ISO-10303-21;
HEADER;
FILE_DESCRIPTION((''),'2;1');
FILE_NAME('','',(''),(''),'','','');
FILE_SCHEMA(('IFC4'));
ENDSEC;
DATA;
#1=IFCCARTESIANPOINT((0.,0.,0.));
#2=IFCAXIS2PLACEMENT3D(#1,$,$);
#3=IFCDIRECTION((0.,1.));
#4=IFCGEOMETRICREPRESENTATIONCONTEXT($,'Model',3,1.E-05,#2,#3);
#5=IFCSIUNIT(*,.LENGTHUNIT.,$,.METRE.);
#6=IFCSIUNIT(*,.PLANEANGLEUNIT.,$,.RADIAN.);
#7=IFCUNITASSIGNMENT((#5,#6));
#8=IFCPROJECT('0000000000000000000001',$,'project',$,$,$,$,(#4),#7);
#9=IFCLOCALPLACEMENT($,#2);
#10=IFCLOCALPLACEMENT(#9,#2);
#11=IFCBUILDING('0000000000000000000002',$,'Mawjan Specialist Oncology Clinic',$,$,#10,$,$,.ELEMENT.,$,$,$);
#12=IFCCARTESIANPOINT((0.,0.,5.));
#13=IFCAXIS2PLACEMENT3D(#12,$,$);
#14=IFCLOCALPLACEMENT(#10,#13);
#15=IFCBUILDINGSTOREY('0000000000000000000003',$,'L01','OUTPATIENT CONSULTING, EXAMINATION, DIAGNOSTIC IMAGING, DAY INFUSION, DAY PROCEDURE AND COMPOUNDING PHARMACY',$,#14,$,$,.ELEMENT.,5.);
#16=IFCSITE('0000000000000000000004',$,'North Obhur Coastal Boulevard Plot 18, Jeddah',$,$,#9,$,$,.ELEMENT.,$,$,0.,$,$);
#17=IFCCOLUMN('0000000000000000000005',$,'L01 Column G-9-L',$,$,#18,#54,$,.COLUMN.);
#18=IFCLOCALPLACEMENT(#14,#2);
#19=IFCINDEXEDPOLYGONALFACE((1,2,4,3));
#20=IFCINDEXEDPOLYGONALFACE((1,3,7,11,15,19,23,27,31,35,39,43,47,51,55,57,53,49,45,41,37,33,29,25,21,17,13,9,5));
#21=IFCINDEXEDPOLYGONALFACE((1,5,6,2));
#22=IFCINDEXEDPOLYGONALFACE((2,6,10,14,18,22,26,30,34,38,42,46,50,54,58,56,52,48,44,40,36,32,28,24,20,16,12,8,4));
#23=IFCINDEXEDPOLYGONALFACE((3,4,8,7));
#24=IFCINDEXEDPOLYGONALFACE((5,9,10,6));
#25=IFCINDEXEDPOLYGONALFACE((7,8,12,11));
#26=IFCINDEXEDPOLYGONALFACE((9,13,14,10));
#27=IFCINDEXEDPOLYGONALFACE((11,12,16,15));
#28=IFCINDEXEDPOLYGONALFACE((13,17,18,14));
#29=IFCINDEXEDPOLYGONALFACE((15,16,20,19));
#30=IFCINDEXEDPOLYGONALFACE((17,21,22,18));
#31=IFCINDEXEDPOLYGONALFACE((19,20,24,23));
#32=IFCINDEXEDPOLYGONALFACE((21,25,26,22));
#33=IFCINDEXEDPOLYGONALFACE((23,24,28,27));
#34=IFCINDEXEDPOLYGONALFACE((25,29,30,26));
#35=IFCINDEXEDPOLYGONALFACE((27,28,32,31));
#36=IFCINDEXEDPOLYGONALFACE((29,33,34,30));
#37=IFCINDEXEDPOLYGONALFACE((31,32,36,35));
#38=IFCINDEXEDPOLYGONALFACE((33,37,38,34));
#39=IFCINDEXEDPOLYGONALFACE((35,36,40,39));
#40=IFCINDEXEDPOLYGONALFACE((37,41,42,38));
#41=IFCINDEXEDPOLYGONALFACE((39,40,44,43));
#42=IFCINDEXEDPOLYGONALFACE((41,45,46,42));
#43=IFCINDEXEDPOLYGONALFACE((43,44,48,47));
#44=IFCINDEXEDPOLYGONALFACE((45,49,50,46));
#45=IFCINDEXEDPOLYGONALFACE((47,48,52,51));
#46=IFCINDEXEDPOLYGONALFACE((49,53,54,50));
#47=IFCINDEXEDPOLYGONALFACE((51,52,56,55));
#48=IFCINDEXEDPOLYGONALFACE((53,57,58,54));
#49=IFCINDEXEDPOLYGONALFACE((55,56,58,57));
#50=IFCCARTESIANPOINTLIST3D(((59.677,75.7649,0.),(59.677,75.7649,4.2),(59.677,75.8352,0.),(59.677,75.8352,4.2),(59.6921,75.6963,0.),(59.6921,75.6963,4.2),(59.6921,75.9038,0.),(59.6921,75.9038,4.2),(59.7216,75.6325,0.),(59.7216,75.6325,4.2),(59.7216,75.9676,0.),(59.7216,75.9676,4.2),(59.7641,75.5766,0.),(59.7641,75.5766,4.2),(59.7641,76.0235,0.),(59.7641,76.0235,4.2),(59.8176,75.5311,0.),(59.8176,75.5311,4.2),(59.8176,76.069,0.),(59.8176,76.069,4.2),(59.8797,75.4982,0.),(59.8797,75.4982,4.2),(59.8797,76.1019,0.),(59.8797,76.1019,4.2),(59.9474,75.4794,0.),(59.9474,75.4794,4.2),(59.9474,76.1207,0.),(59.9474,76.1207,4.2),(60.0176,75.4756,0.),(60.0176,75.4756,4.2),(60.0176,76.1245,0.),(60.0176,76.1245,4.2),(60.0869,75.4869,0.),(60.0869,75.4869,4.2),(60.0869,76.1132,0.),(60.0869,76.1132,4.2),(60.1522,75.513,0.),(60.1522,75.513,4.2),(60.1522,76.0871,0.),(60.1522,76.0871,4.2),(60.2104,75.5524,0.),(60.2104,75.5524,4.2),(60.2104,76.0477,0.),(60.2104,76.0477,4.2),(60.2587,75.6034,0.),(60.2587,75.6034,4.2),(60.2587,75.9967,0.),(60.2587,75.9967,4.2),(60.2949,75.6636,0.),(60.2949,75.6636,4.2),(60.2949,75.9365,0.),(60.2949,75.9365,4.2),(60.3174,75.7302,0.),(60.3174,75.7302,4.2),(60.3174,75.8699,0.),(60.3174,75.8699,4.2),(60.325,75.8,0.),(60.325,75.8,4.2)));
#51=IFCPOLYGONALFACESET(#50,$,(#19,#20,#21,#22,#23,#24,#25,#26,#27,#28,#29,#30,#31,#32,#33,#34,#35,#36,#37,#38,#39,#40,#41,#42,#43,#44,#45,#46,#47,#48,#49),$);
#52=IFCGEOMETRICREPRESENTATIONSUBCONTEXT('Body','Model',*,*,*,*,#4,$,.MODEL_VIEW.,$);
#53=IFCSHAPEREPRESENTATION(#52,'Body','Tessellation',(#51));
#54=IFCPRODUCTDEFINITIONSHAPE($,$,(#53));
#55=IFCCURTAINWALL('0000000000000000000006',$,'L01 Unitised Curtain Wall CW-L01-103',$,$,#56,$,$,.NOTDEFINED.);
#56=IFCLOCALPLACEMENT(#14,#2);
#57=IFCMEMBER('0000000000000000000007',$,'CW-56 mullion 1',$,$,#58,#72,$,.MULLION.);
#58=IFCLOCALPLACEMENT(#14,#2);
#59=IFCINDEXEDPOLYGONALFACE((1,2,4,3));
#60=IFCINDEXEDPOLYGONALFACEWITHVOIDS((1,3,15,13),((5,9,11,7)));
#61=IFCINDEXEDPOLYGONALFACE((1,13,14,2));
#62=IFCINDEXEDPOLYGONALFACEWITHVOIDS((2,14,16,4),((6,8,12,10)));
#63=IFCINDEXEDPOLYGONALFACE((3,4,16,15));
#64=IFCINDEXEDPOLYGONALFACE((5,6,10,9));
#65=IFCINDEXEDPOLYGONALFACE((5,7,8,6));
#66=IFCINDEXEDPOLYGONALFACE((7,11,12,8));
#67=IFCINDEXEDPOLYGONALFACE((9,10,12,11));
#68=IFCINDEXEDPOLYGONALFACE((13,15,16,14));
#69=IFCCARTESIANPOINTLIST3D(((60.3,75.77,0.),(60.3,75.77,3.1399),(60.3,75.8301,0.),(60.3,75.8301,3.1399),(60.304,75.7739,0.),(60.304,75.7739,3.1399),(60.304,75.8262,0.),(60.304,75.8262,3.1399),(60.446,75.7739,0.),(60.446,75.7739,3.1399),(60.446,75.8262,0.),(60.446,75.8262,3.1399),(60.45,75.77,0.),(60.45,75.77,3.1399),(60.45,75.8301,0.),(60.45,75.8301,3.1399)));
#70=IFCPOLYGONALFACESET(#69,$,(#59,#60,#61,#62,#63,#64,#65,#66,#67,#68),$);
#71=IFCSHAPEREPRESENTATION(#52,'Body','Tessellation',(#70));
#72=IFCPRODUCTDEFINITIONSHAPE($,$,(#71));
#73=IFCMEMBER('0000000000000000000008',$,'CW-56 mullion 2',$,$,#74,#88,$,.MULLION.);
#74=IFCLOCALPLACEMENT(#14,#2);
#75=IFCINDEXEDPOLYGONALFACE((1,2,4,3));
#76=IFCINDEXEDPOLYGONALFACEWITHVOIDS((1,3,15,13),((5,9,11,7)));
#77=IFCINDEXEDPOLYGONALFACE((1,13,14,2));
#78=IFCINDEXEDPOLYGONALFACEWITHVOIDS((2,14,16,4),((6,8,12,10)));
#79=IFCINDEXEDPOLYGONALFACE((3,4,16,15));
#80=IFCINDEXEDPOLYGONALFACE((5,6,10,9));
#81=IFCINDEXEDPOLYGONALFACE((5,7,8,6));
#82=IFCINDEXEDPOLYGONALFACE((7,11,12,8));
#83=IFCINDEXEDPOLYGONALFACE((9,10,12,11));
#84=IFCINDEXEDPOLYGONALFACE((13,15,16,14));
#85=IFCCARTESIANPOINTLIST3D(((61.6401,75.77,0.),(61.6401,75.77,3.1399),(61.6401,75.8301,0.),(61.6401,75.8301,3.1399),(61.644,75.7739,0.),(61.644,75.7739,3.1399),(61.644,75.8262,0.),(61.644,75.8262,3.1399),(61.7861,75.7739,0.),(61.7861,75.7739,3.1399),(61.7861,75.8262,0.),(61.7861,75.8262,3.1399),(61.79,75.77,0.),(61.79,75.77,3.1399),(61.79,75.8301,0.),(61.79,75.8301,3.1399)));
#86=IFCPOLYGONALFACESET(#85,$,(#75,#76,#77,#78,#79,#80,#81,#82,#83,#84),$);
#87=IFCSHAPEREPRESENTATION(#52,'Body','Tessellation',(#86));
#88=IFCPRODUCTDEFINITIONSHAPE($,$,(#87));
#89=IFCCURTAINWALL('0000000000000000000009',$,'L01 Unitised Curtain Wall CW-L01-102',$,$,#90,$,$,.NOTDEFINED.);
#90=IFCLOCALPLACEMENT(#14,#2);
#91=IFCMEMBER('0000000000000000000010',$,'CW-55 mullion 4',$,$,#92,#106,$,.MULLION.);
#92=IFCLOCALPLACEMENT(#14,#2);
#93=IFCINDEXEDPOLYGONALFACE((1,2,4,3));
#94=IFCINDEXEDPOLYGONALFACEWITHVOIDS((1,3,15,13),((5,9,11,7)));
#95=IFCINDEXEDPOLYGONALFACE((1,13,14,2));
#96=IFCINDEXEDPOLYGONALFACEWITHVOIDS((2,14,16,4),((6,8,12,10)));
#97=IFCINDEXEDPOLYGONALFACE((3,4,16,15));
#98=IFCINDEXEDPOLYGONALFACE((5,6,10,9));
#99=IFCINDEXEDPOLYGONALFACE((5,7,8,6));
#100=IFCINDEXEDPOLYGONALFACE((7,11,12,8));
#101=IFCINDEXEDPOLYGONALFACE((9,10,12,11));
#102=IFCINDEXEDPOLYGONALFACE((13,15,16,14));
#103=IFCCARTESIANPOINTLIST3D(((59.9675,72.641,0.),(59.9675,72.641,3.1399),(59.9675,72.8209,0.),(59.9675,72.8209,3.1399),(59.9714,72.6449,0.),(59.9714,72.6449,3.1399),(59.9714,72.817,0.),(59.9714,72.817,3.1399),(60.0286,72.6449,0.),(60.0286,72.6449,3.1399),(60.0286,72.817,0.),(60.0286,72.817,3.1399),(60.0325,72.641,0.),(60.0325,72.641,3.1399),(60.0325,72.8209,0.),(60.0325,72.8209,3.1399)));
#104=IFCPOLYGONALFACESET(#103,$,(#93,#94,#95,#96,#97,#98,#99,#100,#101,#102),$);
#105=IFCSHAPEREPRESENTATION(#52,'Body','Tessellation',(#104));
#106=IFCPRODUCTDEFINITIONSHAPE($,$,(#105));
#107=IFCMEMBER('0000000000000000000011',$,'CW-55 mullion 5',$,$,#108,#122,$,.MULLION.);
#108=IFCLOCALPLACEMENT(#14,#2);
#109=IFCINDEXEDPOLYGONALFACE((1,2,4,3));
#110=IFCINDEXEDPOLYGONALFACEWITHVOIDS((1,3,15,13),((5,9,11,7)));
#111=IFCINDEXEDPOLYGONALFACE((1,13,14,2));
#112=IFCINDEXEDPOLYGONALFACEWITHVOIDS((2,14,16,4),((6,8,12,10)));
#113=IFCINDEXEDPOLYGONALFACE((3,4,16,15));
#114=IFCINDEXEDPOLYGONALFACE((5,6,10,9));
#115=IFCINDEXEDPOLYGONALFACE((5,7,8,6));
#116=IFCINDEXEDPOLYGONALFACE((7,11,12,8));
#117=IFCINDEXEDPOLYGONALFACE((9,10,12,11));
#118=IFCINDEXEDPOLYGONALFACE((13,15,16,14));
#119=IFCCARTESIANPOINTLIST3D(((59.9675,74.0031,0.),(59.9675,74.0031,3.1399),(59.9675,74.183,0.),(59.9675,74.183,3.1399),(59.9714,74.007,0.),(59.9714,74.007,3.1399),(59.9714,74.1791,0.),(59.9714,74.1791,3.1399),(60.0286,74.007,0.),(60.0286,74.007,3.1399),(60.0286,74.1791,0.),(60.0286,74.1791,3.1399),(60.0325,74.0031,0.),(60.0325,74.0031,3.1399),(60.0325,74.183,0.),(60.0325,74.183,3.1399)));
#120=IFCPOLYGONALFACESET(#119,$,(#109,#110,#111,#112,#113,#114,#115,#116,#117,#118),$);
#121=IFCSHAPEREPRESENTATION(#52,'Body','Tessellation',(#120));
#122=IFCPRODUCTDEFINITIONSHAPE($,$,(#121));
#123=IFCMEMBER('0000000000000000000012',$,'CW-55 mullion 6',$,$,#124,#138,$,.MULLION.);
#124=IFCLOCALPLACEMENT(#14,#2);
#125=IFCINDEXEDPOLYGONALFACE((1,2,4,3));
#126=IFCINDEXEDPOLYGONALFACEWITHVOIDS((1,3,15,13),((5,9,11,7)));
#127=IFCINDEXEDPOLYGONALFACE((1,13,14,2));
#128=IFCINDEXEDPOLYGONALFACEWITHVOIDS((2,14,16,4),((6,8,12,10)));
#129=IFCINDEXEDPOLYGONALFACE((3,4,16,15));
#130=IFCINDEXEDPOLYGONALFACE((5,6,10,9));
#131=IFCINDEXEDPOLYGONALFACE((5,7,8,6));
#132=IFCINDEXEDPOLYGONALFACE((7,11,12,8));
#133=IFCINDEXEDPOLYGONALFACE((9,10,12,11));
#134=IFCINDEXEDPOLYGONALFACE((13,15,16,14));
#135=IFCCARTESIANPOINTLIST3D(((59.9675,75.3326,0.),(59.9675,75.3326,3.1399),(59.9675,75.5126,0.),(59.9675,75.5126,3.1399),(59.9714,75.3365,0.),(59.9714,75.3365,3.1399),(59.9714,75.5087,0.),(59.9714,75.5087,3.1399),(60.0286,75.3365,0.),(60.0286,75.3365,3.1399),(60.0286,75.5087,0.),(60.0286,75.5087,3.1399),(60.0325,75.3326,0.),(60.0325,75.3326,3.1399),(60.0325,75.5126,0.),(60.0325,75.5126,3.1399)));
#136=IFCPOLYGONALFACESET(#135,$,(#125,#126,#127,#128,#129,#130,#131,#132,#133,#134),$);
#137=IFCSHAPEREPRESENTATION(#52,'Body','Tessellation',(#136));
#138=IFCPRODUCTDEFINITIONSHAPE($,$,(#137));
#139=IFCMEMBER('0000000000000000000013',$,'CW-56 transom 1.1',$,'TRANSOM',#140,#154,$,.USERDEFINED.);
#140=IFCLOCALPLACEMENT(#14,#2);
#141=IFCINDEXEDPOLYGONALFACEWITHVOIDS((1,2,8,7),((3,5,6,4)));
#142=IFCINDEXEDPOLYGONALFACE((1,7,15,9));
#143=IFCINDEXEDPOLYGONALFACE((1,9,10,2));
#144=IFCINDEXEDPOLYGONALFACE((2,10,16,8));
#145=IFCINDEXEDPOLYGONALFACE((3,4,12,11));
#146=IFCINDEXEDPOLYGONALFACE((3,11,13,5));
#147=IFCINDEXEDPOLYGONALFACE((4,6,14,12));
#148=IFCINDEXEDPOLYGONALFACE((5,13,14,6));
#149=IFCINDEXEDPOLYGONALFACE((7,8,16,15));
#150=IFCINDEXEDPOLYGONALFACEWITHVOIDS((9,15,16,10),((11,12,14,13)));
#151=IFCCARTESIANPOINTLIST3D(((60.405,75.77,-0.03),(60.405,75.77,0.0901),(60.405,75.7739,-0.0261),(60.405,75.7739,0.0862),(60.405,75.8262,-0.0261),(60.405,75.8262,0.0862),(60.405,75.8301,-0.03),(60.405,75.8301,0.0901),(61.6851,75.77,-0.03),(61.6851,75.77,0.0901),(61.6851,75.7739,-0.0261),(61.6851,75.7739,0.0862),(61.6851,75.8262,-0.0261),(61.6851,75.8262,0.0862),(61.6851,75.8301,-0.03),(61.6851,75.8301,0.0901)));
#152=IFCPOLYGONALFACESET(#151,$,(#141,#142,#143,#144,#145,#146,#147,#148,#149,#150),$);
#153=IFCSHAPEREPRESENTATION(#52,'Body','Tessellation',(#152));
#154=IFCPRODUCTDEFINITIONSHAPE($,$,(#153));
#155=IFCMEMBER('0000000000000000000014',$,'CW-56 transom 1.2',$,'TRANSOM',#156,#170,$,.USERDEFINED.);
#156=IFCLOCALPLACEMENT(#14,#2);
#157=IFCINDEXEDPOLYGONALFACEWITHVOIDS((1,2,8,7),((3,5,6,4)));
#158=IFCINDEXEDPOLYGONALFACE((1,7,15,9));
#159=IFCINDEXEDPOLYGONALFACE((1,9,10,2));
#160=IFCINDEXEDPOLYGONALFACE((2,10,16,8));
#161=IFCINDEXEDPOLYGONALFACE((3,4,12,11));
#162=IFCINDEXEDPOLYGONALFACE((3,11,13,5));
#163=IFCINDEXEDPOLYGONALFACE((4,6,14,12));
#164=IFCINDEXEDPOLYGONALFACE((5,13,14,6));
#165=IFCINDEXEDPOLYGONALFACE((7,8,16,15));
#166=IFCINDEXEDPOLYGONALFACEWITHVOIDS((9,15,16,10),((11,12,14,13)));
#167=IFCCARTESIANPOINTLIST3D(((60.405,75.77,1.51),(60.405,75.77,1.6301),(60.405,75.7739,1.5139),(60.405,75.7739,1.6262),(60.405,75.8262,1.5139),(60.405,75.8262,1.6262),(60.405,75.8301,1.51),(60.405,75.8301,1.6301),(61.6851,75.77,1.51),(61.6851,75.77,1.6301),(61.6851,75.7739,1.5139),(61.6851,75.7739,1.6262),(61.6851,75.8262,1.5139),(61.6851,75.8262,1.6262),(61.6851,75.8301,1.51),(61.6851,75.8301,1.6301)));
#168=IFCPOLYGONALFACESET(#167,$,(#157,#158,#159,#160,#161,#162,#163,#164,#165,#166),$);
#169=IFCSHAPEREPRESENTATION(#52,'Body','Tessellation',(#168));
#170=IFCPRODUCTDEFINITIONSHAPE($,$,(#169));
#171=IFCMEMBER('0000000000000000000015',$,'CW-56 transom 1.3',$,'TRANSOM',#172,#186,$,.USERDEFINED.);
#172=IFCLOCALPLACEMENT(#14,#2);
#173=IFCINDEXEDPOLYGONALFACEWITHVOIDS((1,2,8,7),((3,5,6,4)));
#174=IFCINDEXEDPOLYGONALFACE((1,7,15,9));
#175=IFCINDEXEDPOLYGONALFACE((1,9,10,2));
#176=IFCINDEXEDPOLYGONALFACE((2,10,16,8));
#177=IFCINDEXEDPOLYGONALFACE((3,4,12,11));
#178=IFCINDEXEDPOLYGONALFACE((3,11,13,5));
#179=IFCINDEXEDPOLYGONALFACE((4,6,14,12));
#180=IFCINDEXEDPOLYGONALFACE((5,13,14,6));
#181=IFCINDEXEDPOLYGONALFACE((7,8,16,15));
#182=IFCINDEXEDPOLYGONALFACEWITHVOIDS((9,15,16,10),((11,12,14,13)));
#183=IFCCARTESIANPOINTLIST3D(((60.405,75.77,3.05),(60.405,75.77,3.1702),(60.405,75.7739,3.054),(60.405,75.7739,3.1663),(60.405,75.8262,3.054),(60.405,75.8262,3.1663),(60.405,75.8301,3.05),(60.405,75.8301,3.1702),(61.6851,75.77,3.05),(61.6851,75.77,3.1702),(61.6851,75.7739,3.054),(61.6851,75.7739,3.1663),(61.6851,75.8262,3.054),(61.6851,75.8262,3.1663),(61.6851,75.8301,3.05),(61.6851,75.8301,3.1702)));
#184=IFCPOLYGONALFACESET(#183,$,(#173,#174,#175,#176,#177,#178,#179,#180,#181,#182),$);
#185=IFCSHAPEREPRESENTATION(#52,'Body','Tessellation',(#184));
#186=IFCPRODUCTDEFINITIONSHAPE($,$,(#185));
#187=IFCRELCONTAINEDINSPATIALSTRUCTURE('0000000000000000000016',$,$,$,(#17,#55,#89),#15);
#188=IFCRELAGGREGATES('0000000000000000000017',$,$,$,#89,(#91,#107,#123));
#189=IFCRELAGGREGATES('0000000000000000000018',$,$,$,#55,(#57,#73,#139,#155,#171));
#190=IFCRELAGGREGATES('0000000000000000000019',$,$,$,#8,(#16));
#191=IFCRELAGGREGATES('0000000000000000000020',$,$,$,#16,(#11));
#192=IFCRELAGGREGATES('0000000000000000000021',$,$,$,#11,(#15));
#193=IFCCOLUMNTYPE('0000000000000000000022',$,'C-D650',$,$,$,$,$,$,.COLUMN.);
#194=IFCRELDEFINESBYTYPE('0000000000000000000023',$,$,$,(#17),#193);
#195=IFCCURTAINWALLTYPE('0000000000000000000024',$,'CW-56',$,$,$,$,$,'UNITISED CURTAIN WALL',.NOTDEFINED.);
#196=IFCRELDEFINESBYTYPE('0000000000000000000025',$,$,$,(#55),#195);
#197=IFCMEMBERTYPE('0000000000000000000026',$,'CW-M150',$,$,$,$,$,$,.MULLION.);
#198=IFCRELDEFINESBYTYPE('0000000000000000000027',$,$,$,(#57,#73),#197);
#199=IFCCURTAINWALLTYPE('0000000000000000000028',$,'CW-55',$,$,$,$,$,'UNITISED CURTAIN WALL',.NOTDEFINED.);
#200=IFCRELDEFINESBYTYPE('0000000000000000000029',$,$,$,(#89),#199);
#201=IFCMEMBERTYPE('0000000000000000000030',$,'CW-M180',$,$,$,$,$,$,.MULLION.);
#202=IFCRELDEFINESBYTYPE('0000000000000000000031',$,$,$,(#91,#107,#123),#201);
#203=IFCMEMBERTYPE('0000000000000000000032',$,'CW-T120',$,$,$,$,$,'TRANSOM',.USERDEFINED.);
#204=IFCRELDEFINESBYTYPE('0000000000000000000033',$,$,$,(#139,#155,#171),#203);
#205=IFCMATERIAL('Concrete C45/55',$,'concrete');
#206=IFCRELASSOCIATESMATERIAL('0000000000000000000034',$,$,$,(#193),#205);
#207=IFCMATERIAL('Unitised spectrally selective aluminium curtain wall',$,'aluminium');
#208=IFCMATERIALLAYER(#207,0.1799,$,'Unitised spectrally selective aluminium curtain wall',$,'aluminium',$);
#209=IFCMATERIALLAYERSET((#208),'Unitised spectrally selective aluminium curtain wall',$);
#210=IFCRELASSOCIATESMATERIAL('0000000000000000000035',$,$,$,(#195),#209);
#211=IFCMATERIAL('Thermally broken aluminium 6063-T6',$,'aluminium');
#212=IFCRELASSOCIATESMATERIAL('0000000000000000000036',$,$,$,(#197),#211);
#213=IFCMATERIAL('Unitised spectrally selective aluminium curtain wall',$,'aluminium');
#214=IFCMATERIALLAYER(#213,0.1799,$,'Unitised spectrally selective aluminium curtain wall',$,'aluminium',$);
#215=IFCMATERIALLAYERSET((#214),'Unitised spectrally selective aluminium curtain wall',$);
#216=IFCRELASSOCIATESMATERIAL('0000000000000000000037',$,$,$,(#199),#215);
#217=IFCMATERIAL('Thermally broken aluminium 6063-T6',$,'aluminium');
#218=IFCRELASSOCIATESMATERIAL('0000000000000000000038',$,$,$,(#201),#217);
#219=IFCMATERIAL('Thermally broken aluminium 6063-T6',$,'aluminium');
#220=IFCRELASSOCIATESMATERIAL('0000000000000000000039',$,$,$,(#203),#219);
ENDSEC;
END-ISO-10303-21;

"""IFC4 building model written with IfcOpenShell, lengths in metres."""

from ifc_helpers import new_model, si_unit, direction, frame, origin, origin_2d, place, context, subcontext, project, spatial, hollow_rectangle, circle, extrude, material, layer, layer_set, material_profile, profile_set, type_object, element, aggregate, save


model = new_model("IFC4")

# Units and contexts
model_context = context("Model", 3, precision=1e-05, world=origin(), true_north=direction((0.0, 1.0)))
body_context = subcontext(model_context, "Body", "Model", "MODEL_VIEW")
ifc_project = project(units=[si_unit("LENGTHUNIT", "METRE"), si_unit("PLANEANGLEUNIT", "RADIAN")], contexts=[model_context])

# Site, building, storey
site_placement = place(None, origin())
site = spatial("IfcSite", under=ifc_project, at=site_placement, Name="North Obhur Coastal Boulevard Plot 18, Jeddah", CompositionType="ELEMENT", RefElevation=0.0)
building_placement = place(site_placement, origin())
building = spatial("IfcBuilding", under=site, at=building_placement, Name="Mawjan Specialist Oncology Clinic", CompositionType="ELEMENT")
storey_placement = place(building_placement, frame((0.0, 0.0, 5.0)))
storey = spatial("IfcBuildingStorey", under=building, at=storey_placement, Name="L01", Description="OUTPATIENT CONSULTING, EXAMINATION, DIAGNOSTIC IMAGING, DAY INFUSION, DAY PROCEDURE AND COMPOUNDING PHARMACY", CompositionType="ELEMENT", Elevation=5.0)

# Column
ifc_material_1 = material(Name="Concrete C45/55", Category="concrete")
ifc_material_profile_1 = material_profile(ifc_material_1, circle(Radius=0.325, at=origin_2d()), Name="RC COL D650", Category="concrete")
ifc_profile_set_1 = profile_set([ifc_material_profile_1], Name="Concrete C45/55")
column_type = type_object("IfcColumnType", Name="C-D650", PredefinedType="COLUMN", material=ifc_profile_set_1)
column_placement = place(storey_placement, frame((60.0, 75.8, 0.0), z_axis=(0.0, 0.0, 1.0), x_axis=(1.0, 0.0, 0.0)))
element("IfcColumn", 1, at=column_placement, inside=storey, type_object=column_type, Name="L01 Column G-9-L", PredefinedType="COLUMN", context=body_context, shape_type="SweptSolid", body=[
    extrude(circle(Radius=0.325, at=origin_2d()), origin(), (0.0, 0.0, 1.0), 4.2),
])

# Curtain walls, members
ifc_material_2 = material(Name="Unitised spectrally selective aluminium curtain wall", Category="aluminium")
ifc_layer_1 = layer(ifc_material_2, 0.1799, Name="Unitised spectrally selective aluminium curtain wall", Category="aluminium")
ifc_layer_set_1 = layer_set([ifc_layer_1], Name="Unitised spectrally selective aluminium curtain wall")
curtain_wall_type_1 = type_object("IfcCurtainWallType", Name="CW-56", ElementType="UNITISED CURTAIN WALL", PredefinedType="NOTDEFINED", material=ifc_layer_set_1)
curtain_wall_1_placement = place(storey_placement, origin())
curtain_wall_1 = element("IfcCurtainWall", 2, at=curtain_wall_1_placement, inside=storey, type_object=curtain_wall_type_1, Name="L01 Unitised Curtain Wall CW-L01-103", PredefinedType="NOTDEFINED")
ifc_material_3 = material(Name="Thermally broken aluminium 6063-T6", Category="aluminium")
ifc_material_profile_2 = material_profile(ifc_material_3, hollow_rectangle(XDim=0.0601, YDim=0.1499, WallThickness=0.0039, at=origin_2d()), Name="ALU MULLION 150x60x4", Category="aluminium")
ifc_profile_set_2 = profile_set([ifc_material_profile_2], Name="Thermally broken aluminium 6063-T6")
member_type_1 = type_object("IfcMemberType", Name="CW-M150", PredefinedType="MULLION", material=ifc_profile_set_2)
member_1_placement = place(storey_placement, frame((60.375, 75.8, 0.0), z_axis=(0.0, 0.0, 1.0), x_axis=(0.0, 1.0, 0.0)))
member_1 = element("IfcMember", 3, at=member_1_placement, type_object=member_type_1, Name="CW-56 mullion 1", PredefinedType="MULLION", context=body_context, shape_type="SweptSolid", body=[
    extrude(hollow_rectangle(XDim=0.0601, YDim=0.1499, WallThickness=0.0039, at=origin_2d()), origin(), (0.0, 0.0, 1.0), 3.1399),
])
member_2_placement = place(storey_placement, frame((61.7151, 75.8, 0.0), z_axis=(0.0, 0.0, 1.0), x_axis=(0.0, 1.0, 0.0)))
member_2 = element("IfcMember", 4, at=member_2_placement, type_object=member_type_1, Name="CW-56 mullion 2", PredefinedType="MULLION", context=body_context, shape_type="SweptSolid", body=[
    extrude(hollow_rectangle(XDim=0.0601, YDim=0.1499, WallThickness=0.0039, at=origin_2d()), origin(), (0.0, 0.0, 1.0), 3.1399),
])
ifc_material_4 = material(Name="Unitised spectrally selective aluminium curtain wall", Category="aluminium")
ifc_layer_2 = layer(ifc_material_4, 0.1799, Name="Unitised spectrally selective aluminium curtain wall", Category="aluminium")
ifc_layer_set_2 = layer_set([ifc_layer_2], Name="Unitised spectrally selective aluminium curtain wall")
curtain_wall_type_2 = type_object("IfcCurtainWallType", Name="CW-55", ElementType="UNITISED CURTAIN WALL", PredefinedType="NOTDEFINED", material=ifc_layer_set_2)
curtain_wall_2_placement = place(storey_placement, origin())
curtain_wall_2 = element("IfcCurtainWall", 5, at=curtain_wall_2_placement, inside=storey, type_object=curtain_wall_type_2, Name="L01 Unitised Curtain Wall CW-L01-102", PredefinedType="NOTDEFINED")
ifc_material_5 = material(Name="Thermally broken aluminium 6063-T6", Category="aluminium")
ifc_material_profile_3 = material_profile(ifc_material_5, hollow_rectangle(XDim=0.0649, YDim=0.1799, WallThickness=0.0039, at=origin_2d()), Name="ALU MULLION 180x65x4", Category="aluminium")
ifc_profile_set_3 = profile_set([ifc_material_profile_3], Name="Thermally broken aluminium 6063-T6")
member_type_2 = type_object("IfcMemberType", Name="CW-M180", PredefinedType="MULLION", material=ifc_profile_set_3)
member_3_placement = place(storey_placement, frame((60.0, 72.731, 0.0), z_axis=(0.0, 0.0, 1.0), x_axis=(-1.0, 0.0, 0.0)))
member_3 = element("IfcMember", 6, at=member_3_placement, type_object=member_type_2, Name="CW-55 mullion 4", PredefinedType="MULLION", context=body_context, shape_type="SweptSolid", body=[
    extrude(hollow_rectangle(XDim=0.0649, YDim=0.1799, WallThickness=0.0039, at=origin_2d()), origin(), (0.0, 0.0, 1.0), 3.1399),
])
member_4_placement = place(storey_placement, frame((60.0, 74.093, 0.0), z_axis=(0.0, 0.0, 1.0), x_axis=(-1.0, 0.0, 0.0)))
member_4 = element("IfcMember", 7, at=member_4_placement, type_object=member_type_2, Name="CW-55 mullion 5", PredefinedType="MULLION", context=body_context, shape_type="SweptSolid", body=[
    extrude(hollow_rectangle(XDim=0.0649, YDim=0.1799, WallThickness=0.0039, at=origin_2d()), origin(), (0.0, 0.0, 1.0), 3.1399),
])
member_5_placement = place(storey_placement, frame((60.0, 75.4226, 0.0), z_axis=(0.0, 0.0, 1.0), x_axis=(-1.0, 0.0, 0.0)))
member_5 = element("IfcMember", 8, at=member_5_placement, type_object=member_type_2, Name="CW-55 mullion 6", PredefinedType="MULLION", context=body_context, shape_type="SweptSolid", body=[
    extrude(hollow_rectangle(XDim=0.0649, YDim=0.1799, WallThickness=0.0039, at=origin_2d()), origin(), (0.0, 0.0, 1.0), 3.1399),
])

# Members
ifc_material_6 = material(Name="Thermally broken aluminium 6063-T6", Category="aluminium")
ifc_material_profile_4 = material_profile(ifc_material_6, hollow_rectangle(XDim=0.0601, YDim=0.1201, WallThickness=0.0039, at=origin_2d()), Name="ALU TRANSOM 120x60x4", Category="aluminium")
ifc_profile_set_4 = profile_set([ifc_material_profile_4], Name="Thermally broken aluminium 6063-T6")
member_type_3 = type_object("IfcMemberType", Name="CW-T120", ElementType="TRANSOM", PredefinedType="USERDEFINED", material=ifc_profile_set_4)
member_6_placement = place(storey_placement, frame((60.405, 75.8, 0.03), z_axis=(1.0, 0.0, 0.0), x_axis=(0.0, 1.0, 0.0)))
member_6 = element("IfcMember", 9, at=member_6_placement, type_object=member_type_3, Name="CW-56 transom 1.1", ObjectType="TRANSOM", PredefinedType="USERDEFINED", context=body_context, shape_type="SweptSolid", body=[
    extrude(hollow_rectangle(XDim=0.0601, YDim=0.1201, WallThickness=0.0039, at=origin_2d()), origin(), (0.0, 0.0, 1.0), 1.28),
])
member_7_placement = place(storey_placement, frame((60.405, 75.8, 1.5701), z_axis=(1.0, 0.0, 0.0), x_axis=(0.0, 1.0, 0.0)))
member_7 = element("IfcMember", 10, at=member_7_placement, type_object=member_type_3, Name="CW-56 transom 1.2", ObjectType="TRANSOM", PredefinedType="USERDEFINED", context=body_context, shape_type="SweptSolid", body=[
    extrude(hollow_rectangle(XDim=0.0601, YDim=0.1201, WallThickness=0.0039, at=origin_2d()), origin(), (0.0, 0.0, 1.0), 1.28),
])
member_8_placement = place(storey_placement, frame((60.405, 75.8, 3.1101), z_axis=(1.0, 0.0, 0.0), x_axis=(0.0, 1.0, 0.0)))
member_8 = element("IfcMember", 11, at=member_8_placement, type_object=member_type_3, Name="CW-56 transom 1.3", ObjectType="TRANSOM", PredefinedType="USERDEFINED", context=body_context, shape_type="SweptSolid", body=[
    extrude(hollow_rectangle(XDim=0.0601, YDim=0.1201, WallThickness=0.0039, at=origin_2d()), origin(), (0.0, 0.0, 1.0), 1.28),
])

aggregate(curtain_wall_2, [member_3, member_4, member_5])
aggregate(curtain_wall_1, [member_1, member_2, member_6, member_7, member_8])

save(model, "model.ifc")
